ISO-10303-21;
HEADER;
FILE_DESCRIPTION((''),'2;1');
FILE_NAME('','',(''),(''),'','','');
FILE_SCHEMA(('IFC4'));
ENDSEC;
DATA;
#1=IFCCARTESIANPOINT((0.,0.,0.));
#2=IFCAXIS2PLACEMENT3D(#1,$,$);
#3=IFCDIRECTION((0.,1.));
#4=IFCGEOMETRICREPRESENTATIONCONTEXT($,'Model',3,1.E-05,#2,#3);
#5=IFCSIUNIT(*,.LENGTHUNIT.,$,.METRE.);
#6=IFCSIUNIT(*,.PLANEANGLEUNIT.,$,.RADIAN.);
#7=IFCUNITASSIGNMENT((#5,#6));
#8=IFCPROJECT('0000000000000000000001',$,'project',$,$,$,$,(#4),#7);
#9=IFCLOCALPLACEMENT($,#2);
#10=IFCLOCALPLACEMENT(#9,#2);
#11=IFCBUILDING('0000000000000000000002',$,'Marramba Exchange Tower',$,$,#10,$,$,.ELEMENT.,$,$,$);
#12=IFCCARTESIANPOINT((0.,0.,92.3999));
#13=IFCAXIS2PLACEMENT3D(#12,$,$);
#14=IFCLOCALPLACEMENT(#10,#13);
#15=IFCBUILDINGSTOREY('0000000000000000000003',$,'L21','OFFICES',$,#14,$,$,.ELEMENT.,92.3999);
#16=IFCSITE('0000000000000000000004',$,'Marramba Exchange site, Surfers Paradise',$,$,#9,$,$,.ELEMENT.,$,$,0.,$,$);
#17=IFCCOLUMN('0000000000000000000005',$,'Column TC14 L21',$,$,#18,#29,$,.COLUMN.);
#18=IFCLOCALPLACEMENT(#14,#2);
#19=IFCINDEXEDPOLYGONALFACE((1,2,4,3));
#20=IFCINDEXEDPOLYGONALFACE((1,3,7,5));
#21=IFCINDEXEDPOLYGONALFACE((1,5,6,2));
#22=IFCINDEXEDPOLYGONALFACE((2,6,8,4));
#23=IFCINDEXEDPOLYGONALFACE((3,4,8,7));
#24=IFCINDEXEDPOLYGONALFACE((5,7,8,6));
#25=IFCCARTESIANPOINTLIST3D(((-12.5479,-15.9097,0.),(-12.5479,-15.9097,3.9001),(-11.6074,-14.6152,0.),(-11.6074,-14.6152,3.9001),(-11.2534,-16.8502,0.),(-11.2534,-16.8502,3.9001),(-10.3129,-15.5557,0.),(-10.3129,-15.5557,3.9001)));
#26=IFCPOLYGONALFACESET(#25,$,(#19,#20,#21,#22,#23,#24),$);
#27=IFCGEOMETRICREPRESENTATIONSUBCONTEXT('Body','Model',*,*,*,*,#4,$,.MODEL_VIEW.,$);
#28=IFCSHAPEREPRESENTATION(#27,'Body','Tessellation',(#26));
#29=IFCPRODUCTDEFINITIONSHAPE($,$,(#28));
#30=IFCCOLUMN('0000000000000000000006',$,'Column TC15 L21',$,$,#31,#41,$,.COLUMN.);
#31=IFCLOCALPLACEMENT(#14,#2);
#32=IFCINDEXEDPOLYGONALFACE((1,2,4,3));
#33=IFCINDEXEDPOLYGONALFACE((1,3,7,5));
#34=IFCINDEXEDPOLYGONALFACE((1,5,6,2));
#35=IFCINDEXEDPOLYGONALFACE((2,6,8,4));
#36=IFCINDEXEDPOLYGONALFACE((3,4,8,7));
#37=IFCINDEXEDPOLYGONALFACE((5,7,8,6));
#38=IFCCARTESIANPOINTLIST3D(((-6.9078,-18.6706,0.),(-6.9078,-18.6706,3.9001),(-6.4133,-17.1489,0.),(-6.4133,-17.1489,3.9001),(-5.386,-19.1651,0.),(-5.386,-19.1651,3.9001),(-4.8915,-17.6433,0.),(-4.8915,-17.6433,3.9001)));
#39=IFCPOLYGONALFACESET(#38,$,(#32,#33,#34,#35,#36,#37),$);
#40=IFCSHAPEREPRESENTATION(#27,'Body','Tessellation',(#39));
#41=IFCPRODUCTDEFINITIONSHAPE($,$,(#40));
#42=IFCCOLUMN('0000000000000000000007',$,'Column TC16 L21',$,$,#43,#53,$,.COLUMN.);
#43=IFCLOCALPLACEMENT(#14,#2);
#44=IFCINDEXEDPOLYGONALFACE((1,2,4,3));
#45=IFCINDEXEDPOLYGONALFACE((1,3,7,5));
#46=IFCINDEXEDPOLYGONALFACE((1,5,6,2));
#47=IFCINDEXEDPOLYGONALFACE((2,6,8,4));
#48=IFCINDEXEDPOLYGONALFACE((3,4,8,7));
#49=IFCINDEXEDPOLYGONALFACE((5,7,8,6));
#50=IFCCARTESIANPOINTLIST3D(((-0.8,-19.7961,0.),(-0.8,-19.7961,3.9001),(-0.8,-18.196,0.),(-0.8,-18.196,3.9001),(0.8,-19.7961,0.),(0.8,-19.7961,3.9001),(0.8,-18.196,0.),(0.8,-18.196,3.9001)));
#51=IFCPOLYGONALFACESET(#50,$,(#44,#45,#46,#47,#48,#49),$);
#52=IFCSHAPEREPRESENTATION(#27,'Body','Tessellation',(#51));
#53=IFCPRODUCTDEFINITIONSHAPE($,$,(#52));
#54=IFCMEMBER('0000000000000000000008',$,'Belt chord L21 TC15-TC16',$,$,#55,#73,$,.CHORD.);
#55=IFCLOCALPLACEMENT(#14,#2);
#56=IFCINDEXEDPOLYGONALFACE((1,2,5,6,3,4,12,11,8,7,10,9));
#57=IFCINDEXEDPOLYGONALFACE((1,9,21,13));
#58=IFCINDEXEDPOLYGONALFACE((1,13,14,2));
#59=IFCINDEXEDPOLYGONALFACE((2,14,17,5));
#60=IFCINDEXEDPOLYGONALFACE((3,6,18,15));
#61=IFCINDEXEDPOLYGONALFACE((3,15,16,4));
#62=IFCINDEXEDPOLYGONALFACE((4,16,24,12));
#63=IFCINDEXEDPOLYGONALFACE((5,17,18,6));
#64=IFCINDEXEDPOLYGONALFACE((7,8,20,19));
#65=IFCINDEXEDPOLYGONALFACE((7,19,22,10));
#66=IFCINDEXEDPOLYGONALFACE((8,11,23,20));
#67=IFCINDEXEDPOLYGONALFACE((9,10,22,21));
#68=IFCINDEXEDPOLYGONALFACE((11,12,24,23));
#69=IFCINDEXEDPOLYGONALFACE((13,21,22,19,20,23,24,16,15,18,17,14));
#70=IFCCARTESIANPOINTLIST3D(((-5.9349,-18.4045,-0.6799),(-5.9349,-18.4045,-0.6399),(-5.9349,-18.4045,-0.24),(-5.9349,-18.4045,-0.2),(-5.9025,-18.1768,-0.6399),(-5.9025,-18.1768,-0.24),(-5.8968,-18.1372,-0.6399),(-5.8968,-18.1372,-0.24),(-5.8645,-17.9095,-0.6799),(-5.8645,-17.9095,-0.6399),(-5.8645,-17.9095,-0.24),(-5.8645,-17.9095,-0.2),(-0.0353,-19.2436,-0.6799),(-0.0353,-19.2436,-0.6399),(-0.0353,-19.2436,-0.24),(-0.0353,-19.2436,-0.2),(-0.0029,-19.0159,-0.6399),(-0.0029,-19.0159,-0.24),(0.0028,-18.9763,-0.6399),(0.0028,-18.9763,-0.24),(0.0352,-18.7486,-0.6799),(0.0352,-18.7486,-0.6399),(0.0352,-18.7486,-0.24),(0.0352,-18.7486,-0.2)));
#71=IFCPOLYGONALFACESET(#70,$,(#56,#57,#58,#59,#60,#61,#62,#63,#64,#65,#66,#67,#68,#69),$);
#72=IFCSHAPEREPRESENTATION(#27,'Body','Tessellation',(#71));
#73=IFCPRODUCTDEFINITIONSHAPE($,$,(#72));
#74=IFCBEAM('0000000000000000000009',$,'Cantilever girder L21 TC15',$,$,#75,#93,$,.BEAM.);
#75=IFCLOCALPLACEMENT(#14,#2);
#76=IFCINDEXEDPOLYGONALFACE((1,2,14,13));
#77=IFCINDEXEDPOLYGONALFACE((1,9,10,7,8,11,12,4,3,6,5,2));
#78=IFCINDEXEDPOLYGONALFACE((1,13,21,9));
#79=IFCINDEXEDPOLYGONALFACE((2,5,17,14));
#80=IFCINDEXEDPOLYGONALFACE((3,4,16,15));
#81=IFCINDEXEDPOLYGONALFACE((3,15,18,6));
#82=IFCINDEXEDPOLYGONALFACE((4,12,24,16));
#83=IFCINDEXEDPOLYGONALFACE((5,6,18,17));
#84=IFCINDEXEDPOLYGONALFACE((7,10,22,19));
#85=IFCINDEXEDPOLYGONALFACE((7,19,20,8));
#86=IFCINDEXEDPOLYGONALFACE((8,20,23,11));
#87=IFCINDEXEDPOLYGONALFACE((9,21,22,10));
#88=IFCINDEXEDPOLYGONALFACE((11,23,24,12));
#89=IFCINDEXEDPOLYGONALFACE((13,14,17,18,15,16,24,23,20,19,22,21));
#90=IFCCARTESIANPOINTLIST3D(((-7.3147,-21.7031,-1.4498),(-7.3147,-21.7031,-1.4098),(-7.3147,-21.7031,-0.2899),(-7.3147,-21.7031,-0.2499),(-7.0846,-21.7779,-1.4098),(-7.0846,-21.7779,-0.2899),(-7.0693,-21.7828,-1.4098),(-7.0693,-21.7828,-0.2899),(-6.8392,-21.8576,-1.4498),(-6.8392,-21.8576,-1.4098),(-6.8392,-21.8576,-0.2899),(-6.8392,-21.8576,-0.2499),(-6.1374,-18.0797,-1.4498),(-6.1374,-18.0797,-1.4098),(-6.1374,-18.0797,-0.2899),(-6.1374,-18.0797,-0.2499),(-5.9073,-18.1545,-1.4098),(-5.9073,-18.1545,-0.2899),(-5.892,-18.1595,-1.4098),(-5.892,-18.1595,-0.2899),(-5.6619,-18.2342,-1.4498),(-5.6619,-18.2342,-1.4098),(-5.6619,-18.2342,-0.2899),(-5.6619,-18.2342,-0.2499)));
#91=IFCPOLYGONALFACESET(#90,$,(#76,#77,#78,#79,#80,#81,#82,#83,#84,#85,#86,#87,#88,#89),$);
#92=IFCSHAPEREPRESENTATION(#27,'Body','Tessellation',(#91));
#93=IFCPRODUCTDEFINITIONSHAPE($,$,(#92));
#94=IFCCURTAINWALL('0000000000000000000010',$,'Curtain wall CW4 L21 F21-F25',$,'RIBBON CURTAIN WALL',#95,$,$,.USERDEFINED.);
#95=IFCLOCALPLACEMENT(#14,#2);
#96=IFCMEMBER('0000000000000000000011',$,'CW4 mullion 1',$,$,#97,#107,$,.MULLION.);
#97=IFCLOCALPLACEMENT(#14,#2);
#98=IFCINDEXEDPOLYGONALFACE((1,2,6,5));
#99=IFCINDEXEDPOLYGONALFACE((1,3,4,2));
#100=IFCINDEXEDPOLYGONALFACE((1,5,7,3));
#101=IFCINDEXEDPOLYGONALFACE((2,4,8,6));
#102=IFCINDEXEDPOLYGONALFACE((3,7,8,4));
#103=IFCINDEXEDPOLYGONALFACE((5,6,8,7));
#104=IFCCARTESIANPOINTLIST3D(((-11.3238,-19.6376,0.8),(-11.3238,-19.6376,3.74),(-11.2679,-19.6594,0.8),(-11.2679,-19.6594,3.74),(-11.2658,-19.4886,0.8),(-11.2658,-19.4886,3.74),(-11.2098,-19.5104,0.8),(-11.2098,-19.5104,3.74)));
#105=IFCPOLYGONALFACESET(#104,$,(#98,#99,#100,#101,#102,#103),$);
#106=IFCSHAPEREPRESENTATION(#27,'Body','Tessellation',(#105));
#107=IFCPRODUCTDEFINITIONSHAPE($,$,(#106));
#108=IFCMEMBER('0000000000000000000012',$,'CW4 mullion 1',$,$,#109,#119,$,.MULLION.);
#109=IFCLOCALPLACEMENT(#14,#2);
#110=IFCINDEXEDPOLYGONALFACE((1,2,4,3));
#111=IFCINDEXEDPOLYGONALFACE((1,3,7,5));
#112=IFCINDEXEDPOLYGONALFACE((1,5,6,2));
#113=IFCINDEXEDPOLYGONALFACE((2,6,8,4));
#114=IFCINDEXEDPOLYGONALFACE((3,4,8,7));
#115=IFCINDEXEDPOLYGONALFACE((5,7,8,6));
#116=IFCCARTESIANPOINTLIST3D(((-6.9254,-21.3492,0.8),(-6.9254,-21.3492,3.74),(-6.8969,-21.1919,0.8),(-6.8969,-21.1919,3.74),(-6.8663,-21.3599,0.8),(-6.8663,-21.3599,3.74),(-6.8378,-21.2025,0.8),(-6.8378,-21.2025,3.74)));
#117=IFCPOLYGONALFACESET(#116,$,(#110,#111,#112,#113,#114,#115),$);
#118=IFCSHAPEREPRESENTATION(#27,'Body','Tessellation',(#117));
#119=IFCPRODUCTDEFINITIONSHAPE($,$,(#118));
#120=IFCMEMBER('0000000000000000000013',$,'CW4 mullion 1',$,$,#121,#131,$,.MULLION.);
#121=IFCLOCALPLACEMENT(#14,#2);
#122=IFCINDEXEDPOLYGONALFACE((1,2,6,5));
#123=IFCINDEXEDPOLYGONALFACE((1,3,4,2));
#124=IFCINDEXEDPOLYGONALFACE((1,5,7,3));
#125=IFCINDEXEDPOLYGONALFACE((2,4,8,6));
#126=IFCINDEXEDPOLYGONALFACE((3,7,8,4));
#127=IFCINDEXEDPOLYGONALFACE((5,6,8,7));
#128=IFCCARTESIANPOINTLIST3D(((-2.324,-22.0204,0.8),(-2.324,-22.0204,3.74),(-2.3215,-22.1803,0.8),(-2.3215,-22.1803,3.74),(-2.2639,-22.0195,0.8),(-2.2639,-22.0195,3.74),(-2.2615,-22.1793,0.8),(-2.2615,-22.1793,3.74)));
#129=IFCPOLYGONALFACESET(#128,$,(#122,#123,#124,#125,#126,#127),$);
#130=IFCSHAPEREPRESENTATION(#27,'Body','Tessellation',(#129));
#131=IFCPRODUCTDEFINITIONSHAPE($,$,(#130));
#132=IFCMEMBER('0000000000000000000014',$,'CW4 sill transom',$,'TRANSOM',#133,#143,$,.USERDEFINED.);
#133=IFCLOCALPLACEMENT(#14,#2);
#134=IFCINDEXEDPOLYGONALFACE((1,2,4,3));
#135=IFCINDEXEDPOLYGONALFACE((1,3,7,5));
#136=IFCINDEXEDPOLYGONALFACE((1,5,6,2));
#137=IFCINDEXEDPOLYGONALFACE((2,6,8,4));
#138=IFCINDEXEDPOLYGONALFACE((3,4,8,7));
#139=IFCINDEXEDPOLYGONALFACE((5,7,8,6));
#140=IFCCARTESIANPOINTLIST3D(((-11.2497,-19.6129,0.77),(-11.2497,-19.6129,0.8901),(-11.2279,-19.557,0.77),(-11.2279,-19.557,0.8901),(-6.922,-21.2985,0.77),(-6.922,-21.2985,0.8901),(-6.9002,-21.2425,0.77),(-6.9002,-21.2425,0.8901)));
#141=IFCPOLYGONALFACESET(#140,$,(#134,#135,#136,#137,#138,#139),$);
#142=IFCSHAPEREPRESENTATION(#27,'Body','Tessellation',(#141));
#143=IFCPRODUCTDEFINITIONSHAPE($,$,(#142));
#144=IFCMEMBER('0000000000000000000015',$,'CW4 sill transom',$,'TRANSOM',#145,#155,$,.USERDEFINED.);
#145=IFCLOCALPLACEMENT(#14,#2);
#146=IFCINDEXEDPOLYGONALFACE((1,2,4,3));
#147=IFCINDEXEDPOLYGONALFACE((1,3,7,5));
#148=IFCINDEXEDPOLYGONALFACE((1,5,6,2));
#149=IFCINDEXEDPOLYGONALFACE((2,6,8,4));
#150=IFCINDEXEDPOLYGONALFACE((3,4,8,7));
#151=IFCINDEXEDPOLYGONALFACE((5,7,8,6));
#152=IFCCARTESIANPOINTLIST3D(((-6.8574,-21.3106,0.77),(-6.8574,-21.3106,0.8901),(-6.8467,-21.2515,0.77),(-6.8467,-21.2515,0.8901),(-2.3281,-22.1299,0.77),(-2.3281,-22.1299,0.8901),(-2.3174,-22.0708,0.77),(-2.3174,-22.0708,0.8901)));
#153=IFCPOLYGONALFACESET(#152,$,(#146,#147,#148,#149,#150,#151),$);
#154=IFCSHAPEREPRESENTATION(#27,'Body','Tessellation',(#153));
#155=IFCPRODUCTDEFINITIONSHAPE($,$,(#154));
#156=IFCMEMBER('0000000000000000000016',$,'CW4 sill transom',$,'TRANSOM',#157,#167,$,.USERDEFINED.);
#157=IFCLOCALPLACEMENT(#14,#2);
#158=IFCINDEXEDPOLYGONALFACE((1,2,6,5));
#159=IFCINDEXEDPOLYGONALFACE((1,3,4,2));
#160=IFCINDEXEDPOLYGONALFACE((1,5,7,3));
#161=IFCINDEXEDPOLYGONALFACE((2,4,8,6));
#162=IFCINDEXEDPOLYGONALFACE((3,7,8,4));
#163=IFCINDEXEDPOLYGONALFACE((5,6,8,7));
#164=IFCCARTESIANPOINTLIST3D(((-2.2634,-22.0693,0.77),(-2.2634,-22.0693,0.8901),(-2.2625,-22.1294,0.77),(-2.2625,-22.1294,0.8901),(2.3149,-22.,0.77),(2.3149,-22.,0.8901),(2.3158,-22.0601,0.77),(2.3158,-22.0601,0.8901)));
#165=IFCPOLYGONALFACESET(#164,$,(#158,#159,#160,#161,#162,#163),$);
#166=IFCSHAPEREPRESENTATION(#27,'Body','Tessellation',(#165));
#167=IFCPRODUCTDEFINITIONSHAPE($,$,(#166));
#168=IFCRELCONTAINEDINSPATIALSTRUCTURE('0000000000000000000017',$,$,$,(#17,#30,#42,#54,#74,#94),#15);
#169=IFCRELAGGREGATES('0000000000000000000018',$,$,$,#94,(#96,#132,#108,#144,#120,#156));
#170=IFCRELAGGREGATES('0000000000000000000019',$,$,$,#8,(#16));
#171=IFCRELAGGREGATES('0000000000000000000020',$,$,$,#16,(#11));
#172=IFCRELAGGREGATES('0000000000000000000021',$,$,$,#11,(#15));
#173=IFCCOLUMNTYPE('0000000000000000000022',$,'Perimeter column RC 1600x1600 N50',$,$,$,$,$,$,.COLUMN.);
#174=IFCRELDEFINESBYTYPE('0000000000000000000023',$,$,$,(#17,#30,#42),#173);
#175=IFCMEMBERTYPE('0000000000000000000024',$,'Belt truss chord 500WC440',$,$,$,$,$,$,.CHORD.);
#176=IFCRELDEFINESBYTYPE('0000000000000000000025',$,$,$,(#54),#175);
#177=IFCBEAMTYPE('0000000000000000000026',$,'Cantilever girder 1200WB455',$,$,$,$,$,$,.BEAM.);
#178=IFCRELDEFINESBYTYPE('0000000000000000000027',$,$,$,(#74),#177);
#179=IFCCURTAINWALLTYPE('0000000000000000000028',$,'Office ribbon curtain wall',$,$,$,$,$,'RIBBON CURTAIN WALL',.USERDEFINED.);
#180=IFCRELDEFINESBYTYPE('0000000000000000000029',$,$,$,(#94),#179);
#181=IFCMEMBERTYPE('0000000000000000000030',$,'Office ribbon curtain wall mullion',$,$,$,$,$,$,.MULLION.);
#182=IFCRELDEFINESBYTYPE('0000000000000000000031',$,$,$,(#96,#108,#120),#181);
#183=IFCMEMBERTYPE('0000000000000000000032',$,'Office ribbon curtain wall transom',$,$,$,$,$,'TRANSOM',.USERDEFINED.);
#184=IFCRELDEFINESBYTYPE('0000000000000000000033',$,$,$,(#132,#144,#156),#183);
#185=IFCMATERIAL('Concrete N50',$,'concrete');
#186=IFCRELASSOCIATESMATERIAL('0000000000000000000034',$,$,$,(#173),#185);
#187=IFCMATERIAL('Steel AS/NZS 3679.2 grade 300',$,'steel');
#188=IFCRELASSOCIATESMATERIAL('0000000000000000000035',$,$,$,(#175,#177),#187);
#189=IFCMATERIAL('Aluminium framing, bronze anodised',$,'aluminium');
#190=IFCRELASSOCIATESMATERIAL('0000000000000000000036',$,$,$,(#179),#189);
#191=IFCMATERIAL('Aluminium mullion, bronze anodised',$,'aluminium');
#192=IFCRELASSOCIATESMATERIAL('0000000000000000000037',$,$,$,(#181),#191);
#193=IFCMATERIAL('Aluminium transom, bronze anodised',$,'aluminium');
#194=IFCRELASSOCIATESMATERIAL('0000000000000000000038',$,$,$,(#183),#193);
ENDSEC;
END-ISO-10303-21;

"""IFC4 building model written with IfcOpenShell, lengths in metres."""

from ifc_helpers import new_model, si_unit, direction, frame, origin, origin_2d, place, context, subcontext, project, spatial, rectangle, i_section, extrude, material, material_profile, profile_set, type_object, element, aggregate, save


model = new_model("IFC4")

# Units and contexts
model_context = context("Model", 3, precision=1e-05, world=origin(), true_north=direction((0.0, 1.0)))
body_context = subcontext(model_context, "Body", "Model", "MODEL_VIEW")
ifc_project = project(units=[si_unit("LENGTHUNIT", "METRE"), si_unit("PLANEANGLEUNIT", "RADIAN")], contexts=[model_context])

# Site, building, storey
site_placement = place(None, origin())
site = spatial("IfcSite", under=ifc_project, at=site_placement, Name="Marramba Exchange site, Surfers Paradise", CompositionType="ELEMENT", RefElevation=0.0)
building_placement = place(site_placement, origin())
building = spatial("IfcBuilding", under=site, at=building_placement, Name="Marramba Exchange Tower", CompositionType="ELEMENT")
storey_placement = place(building_placement, frame((0.0, 0.0, 92.3999)))
storey = spatial("IfcBuildingStorey", under=building, at=storey_placement, Name="L21", Description="OFFICES", CompositionType="ELEMENT", Elevation=92.3999)

# Columns
ifc_material_1 = material(Name="Concrete N50", Category="concrete")
ifc_material_profile_1 = material_profile(ifc_material_1, rectangle(XDim=1.6001, YDim=1.6001, at=origin_2d()), Name="RC 1600x1600")
ifc_profile_set_1 = profile_set([ifc_material_profile_1], Name="Concrete N50")
column_type = type_object("IfcColumnType", Name="Perimeter column RC 1600x1600 N50", PredefinedType="COLUMN", material=ifc_profile_set_1)
for number, where, z_axis, x_axis, name in (
    (1, (-11.4304, -15.7327, 0.0), (0.0, 0.0, 1.0), (-0.587785, -0.809017, 0.0), "Column TC14 L21"),
    (2, (-5.8997, -18.157, 0.0), (0.0, 0.0, 1.0), (-0.309017, -0.951057, 0.0), "Column TC15 L21"),
    (3, (0.0, -18.9961, 0.0), (0.0, 0.0, 1.0), (0.0, -1.0, 0.0), "Column TC16 L21"),
):
    element("IfcColumn", number, at=place(storey_placement, frame(where, z_axis=z_axis, x_axis=x_axis)), inside=storey, type_object=column_type, Name=name, PredefinedType="COLUMN", context=body_context, shape_type="SweptSolid", body=[
        extrude(rectangle(XDim=1.6001, YDim=1.6001, at=origin_2d()), origin(), (0.0, 0.0, 1.0), 3.9001),
    ])

# Member
ifc_material_2 = material(Name="Steel AS/NZS 3679.2 grade 300", Category="steel")
ifc_material_profile_2 = material_profile(ifc_material_2, i_section(OverallWidth=0.5, OverallDepth=0.48, WebThickness=0.04, FlangeThickness=0.04, at=origin_2d()), Name="500WC440")
ifc_profile_set_2 = profile_set([ifc_material_profile_2], Name="Steel AS/NZS 3679.2 grade 300")
member_type_1 = type_object("IfcMemberType", Name="Belt truss chord 500WC440", PredefinedType="CHORD", material=ifc_profile_set_2)
member_1_placement = place(storey_placement, frame((-5.8997, -18.157, -0.4399), z_axis=(0.990036, -0.140813, 0.0), x_axis=(0.140813, 0.990036, 0.0)))
element("IfcMember", 4, at=member_1_placement, inside=storey, type_object=member_type_1, Name="Belt chord L21 TC15-TC16", PredefinedType="CHORD", context=body_context, shape_type="SweptSolid", body=[
    extrude(i_section(OverallWidth=0.5, OverallDepth=0.48, WebThickness=0.04, FlangeThickness=0.04, at=origin_2d()), origin(), (0.0, 0.0, 1.0), 5.959),
])

# Beam
ifc_material_profile_3 = material_profile(ifc_material_2, i_section(OverallWidth=0.5, OverallDepth=1.2, WebThickness=0.0161, FlangeThickness=0.04, at=origin_2d()), Name="1200WB455")
ifc_profile_set_3 = profile_set([ifc_material_profile_3], Name="Steel AS/NZS 3679.2 grade 300")
beam_type_1 = type_object("IfcBeamType", Name="Cantilever girder 1200WB455", PredefinedType="BEAM", material=ifc_profile_set_3)
beam_1_placement = place(storey_placement, frame((-5.8997, -18.157, -0.8499), z_axis=(-0.309009, -0.951059, 0.0), x_axis=(0.951059, -0.309009, 0.0)))
element("IfcBeam", 5, at=beam_1_placement, inside=storey, type_object=beam_type_1, Name="Cantilever girder L21 TC15", PredefinedType="BEAM", context=body_context, shape_type="SweptSolid", body=[
    extrude(i_section(OverallWidth=0.5, OverallDepth=1.2, WebThickness=0.0161, FlangeThickness=0.04, at=origin_2d()), origin(), (0.0, 0.0, 1.0), 3.8098),
])

# Curtain wall, members
ifc_material_3 = material(Name="Aluminium framing, bronze anodised", Category="aluminium")
curtain_wall_type = type_object("IfcCurtainWallType", Name="Office ribbon curtain wall", ElementType="RIBBON CURTAIN WALL", PredefinedType="USERDEFINED", material=ifc_material_3)
curtain_wall_placement = place(storey_placement, origin())
curtain_wall = element("IfcCurtainWall", 6, at=curtain_wall_placement, inside=storey, type_object=curtain_wall_type, Name="Curtain wall CW4 L21 F21-F25", ObjectType="RIBBON CURTAIN WALL", PredefinedType="USERDEFINED")
ifc_material_4 = material(Name="Aluminium mullion, bronze anodised", Category="aluminium")
ifc_material_profile_4 = material_profile(ifc_material_4, rectangle(XDim=0.1599, YDim=0.0601, at=origin_2d()), Name="CW4 mullion 60x160")
ifc_profile_set_4 = profile_set([ifc_material_profile_4], Name="Aluminium mullion, bronze anodised")
member_type_2 = type_object("IfcMemberType", Name="Office ribbon curtain wall mullion", PredefinedType="MULLION", material=ifc_profile_set_4)
member_2_placement = place(storey_placement, frame((-11.2668, -19.574, 0.8), z_axis=(0.0, 0.0, 1.0), x_axis=(0.362925, 0.931818, 0.0)))
member_2 = element("IfcMember", 7, at=member_2_placement, type_object=member_type_2, Name="CW4 mullion 1", PredefinedType="MULLION", context=body_context, shape_type="SweptSolid", body=[
    extrude(rectangle(XDim=0.1599, YDim=0.0601, at=origin_2d()), origin(), (0.0, 0.0, 1.0), 2.9399),
])
member_3_placement = place(storey_placement, frame((-6.8816, -21.2759, 0.8), z_axis=(0.0, 0.0, 1.0), x_axis=(0.177992, 0.984032, 0.0)))
member_3 = element("IfcMember", 8, at=member_3_placement, type_object=member_type_2, Name="CW4 mullion 1", PredefinedType="MULLION", context=body_context, shape_type="SweptSolid", body=[
    extrude(rectangle(XDim=0.1599, YDim=0.0601, at=origin_2d()), origin(), (0.0, 0.0, 1.0), 2.9399),
])
member_4_placement = place(storey_placement, frame((-2.2927, -22.0999, 0.8), z_axis=(0.0, 0.0, 1.0), x_axis=(-0.015179, 0.999885, 0.0)))
member_4 = element("IfcMember", 9, at=member_4_placement, type_object=member_type_2, Name="CW4 mullion 1", PredefinedType="MULLION", context=body_context, shape_type="SweptSolid", body=[
    extrude(rectangle(XDim=0.1599, YDim=0.0601, at=origin_2d()), origin(), (0.0, 0.0, 1.0), 2.9399),
])
ifc_material_5 = material(Name="Aluminium transom, bronze anodised", Category="aluminium")
ifc_material_profile_5 = material_profile(ifc_material_5, rectangle(XDim=0.0601, YDim=0.1201, at=origin_2d()), Name="CW4 transom 60x120")
ifc_profile_set_5 = profile_set([ifc_material_profile_5], Name="Aluminium transom, bronze anodised")
member_type_3 = type_object("IfcMemberType", Name="Office ribbon curtain wall transom", ElementType="TRANSOM", PredefinedType="USERDEFINED", material=ifc_profile_set_5)
member_5_placement = place(storey_placement, frame((-11.2388, -19.585, 0.8301), z_axis=(0.931817, -0.362928, 0.0), x_axis=(0.362928, 0.931817, 0.0)))
member_5 = element("IfcMember", 10, at=member_5_placement, type_object=member_type_3, Name="CW4 sill transom", ObjectType="TRANSOM", PredefinedType="USERDEFINED", context=body_context, shape_type="SweptSolid", body=[
    extrude(rectangle(XDim=0.0601, YDim=0.1201, at=origin_2d()), origin(), (0.0, 0.0, 1.0), 4.6443),
])
member_6_placement = place(storey_placement, frame((-6.8521, -21.281, 0.8301), z_axis=(0.984029, -0.178008, 0.0), x_axis=(0.178008, 0.984029, 0.0)))
member_6 = element("IfcMember", 11, at=member_6_placement, type_object=member_type_3, Name="CW4 sill transom", ObjectType="TRANSOM", PredefinedType="USERDEFINED", context=body_context, shape_type="SweptSolid", body=[
    extrude(rectangle(XDim=0.0601, YDim=0.1201, at=origin_2d()), origin(), (0.0, 0.0, 1.0), 4.6028),
])
member_7_placement = place(storey_placement, frame((-2.2629, -22.0994, 0.8301), z_axis=(0.999885, 0.015143, 0.0), x_axis=(-0.015143, 0.999885, 0.0)))
member_7 = element("IfcMember", 12, at=member_7_placement, type_object=member_type_3, Name="CW4 sill transom", ObjectType="TRANSOM", PredefinedType="USERDEFINED", context=body_context, shape_type="SweptSolid", body=[
    extrude(rectangle(XDim=0.0601, YDim=0.1201, at=origin_2d()), origin(), (0.0, 0.0, 1.0), 4.5789),
])

aggregate(curtain_wall, [member_2, member_5, member_3, member_6, member_4, member_7])

save(model, "model.ifc")
